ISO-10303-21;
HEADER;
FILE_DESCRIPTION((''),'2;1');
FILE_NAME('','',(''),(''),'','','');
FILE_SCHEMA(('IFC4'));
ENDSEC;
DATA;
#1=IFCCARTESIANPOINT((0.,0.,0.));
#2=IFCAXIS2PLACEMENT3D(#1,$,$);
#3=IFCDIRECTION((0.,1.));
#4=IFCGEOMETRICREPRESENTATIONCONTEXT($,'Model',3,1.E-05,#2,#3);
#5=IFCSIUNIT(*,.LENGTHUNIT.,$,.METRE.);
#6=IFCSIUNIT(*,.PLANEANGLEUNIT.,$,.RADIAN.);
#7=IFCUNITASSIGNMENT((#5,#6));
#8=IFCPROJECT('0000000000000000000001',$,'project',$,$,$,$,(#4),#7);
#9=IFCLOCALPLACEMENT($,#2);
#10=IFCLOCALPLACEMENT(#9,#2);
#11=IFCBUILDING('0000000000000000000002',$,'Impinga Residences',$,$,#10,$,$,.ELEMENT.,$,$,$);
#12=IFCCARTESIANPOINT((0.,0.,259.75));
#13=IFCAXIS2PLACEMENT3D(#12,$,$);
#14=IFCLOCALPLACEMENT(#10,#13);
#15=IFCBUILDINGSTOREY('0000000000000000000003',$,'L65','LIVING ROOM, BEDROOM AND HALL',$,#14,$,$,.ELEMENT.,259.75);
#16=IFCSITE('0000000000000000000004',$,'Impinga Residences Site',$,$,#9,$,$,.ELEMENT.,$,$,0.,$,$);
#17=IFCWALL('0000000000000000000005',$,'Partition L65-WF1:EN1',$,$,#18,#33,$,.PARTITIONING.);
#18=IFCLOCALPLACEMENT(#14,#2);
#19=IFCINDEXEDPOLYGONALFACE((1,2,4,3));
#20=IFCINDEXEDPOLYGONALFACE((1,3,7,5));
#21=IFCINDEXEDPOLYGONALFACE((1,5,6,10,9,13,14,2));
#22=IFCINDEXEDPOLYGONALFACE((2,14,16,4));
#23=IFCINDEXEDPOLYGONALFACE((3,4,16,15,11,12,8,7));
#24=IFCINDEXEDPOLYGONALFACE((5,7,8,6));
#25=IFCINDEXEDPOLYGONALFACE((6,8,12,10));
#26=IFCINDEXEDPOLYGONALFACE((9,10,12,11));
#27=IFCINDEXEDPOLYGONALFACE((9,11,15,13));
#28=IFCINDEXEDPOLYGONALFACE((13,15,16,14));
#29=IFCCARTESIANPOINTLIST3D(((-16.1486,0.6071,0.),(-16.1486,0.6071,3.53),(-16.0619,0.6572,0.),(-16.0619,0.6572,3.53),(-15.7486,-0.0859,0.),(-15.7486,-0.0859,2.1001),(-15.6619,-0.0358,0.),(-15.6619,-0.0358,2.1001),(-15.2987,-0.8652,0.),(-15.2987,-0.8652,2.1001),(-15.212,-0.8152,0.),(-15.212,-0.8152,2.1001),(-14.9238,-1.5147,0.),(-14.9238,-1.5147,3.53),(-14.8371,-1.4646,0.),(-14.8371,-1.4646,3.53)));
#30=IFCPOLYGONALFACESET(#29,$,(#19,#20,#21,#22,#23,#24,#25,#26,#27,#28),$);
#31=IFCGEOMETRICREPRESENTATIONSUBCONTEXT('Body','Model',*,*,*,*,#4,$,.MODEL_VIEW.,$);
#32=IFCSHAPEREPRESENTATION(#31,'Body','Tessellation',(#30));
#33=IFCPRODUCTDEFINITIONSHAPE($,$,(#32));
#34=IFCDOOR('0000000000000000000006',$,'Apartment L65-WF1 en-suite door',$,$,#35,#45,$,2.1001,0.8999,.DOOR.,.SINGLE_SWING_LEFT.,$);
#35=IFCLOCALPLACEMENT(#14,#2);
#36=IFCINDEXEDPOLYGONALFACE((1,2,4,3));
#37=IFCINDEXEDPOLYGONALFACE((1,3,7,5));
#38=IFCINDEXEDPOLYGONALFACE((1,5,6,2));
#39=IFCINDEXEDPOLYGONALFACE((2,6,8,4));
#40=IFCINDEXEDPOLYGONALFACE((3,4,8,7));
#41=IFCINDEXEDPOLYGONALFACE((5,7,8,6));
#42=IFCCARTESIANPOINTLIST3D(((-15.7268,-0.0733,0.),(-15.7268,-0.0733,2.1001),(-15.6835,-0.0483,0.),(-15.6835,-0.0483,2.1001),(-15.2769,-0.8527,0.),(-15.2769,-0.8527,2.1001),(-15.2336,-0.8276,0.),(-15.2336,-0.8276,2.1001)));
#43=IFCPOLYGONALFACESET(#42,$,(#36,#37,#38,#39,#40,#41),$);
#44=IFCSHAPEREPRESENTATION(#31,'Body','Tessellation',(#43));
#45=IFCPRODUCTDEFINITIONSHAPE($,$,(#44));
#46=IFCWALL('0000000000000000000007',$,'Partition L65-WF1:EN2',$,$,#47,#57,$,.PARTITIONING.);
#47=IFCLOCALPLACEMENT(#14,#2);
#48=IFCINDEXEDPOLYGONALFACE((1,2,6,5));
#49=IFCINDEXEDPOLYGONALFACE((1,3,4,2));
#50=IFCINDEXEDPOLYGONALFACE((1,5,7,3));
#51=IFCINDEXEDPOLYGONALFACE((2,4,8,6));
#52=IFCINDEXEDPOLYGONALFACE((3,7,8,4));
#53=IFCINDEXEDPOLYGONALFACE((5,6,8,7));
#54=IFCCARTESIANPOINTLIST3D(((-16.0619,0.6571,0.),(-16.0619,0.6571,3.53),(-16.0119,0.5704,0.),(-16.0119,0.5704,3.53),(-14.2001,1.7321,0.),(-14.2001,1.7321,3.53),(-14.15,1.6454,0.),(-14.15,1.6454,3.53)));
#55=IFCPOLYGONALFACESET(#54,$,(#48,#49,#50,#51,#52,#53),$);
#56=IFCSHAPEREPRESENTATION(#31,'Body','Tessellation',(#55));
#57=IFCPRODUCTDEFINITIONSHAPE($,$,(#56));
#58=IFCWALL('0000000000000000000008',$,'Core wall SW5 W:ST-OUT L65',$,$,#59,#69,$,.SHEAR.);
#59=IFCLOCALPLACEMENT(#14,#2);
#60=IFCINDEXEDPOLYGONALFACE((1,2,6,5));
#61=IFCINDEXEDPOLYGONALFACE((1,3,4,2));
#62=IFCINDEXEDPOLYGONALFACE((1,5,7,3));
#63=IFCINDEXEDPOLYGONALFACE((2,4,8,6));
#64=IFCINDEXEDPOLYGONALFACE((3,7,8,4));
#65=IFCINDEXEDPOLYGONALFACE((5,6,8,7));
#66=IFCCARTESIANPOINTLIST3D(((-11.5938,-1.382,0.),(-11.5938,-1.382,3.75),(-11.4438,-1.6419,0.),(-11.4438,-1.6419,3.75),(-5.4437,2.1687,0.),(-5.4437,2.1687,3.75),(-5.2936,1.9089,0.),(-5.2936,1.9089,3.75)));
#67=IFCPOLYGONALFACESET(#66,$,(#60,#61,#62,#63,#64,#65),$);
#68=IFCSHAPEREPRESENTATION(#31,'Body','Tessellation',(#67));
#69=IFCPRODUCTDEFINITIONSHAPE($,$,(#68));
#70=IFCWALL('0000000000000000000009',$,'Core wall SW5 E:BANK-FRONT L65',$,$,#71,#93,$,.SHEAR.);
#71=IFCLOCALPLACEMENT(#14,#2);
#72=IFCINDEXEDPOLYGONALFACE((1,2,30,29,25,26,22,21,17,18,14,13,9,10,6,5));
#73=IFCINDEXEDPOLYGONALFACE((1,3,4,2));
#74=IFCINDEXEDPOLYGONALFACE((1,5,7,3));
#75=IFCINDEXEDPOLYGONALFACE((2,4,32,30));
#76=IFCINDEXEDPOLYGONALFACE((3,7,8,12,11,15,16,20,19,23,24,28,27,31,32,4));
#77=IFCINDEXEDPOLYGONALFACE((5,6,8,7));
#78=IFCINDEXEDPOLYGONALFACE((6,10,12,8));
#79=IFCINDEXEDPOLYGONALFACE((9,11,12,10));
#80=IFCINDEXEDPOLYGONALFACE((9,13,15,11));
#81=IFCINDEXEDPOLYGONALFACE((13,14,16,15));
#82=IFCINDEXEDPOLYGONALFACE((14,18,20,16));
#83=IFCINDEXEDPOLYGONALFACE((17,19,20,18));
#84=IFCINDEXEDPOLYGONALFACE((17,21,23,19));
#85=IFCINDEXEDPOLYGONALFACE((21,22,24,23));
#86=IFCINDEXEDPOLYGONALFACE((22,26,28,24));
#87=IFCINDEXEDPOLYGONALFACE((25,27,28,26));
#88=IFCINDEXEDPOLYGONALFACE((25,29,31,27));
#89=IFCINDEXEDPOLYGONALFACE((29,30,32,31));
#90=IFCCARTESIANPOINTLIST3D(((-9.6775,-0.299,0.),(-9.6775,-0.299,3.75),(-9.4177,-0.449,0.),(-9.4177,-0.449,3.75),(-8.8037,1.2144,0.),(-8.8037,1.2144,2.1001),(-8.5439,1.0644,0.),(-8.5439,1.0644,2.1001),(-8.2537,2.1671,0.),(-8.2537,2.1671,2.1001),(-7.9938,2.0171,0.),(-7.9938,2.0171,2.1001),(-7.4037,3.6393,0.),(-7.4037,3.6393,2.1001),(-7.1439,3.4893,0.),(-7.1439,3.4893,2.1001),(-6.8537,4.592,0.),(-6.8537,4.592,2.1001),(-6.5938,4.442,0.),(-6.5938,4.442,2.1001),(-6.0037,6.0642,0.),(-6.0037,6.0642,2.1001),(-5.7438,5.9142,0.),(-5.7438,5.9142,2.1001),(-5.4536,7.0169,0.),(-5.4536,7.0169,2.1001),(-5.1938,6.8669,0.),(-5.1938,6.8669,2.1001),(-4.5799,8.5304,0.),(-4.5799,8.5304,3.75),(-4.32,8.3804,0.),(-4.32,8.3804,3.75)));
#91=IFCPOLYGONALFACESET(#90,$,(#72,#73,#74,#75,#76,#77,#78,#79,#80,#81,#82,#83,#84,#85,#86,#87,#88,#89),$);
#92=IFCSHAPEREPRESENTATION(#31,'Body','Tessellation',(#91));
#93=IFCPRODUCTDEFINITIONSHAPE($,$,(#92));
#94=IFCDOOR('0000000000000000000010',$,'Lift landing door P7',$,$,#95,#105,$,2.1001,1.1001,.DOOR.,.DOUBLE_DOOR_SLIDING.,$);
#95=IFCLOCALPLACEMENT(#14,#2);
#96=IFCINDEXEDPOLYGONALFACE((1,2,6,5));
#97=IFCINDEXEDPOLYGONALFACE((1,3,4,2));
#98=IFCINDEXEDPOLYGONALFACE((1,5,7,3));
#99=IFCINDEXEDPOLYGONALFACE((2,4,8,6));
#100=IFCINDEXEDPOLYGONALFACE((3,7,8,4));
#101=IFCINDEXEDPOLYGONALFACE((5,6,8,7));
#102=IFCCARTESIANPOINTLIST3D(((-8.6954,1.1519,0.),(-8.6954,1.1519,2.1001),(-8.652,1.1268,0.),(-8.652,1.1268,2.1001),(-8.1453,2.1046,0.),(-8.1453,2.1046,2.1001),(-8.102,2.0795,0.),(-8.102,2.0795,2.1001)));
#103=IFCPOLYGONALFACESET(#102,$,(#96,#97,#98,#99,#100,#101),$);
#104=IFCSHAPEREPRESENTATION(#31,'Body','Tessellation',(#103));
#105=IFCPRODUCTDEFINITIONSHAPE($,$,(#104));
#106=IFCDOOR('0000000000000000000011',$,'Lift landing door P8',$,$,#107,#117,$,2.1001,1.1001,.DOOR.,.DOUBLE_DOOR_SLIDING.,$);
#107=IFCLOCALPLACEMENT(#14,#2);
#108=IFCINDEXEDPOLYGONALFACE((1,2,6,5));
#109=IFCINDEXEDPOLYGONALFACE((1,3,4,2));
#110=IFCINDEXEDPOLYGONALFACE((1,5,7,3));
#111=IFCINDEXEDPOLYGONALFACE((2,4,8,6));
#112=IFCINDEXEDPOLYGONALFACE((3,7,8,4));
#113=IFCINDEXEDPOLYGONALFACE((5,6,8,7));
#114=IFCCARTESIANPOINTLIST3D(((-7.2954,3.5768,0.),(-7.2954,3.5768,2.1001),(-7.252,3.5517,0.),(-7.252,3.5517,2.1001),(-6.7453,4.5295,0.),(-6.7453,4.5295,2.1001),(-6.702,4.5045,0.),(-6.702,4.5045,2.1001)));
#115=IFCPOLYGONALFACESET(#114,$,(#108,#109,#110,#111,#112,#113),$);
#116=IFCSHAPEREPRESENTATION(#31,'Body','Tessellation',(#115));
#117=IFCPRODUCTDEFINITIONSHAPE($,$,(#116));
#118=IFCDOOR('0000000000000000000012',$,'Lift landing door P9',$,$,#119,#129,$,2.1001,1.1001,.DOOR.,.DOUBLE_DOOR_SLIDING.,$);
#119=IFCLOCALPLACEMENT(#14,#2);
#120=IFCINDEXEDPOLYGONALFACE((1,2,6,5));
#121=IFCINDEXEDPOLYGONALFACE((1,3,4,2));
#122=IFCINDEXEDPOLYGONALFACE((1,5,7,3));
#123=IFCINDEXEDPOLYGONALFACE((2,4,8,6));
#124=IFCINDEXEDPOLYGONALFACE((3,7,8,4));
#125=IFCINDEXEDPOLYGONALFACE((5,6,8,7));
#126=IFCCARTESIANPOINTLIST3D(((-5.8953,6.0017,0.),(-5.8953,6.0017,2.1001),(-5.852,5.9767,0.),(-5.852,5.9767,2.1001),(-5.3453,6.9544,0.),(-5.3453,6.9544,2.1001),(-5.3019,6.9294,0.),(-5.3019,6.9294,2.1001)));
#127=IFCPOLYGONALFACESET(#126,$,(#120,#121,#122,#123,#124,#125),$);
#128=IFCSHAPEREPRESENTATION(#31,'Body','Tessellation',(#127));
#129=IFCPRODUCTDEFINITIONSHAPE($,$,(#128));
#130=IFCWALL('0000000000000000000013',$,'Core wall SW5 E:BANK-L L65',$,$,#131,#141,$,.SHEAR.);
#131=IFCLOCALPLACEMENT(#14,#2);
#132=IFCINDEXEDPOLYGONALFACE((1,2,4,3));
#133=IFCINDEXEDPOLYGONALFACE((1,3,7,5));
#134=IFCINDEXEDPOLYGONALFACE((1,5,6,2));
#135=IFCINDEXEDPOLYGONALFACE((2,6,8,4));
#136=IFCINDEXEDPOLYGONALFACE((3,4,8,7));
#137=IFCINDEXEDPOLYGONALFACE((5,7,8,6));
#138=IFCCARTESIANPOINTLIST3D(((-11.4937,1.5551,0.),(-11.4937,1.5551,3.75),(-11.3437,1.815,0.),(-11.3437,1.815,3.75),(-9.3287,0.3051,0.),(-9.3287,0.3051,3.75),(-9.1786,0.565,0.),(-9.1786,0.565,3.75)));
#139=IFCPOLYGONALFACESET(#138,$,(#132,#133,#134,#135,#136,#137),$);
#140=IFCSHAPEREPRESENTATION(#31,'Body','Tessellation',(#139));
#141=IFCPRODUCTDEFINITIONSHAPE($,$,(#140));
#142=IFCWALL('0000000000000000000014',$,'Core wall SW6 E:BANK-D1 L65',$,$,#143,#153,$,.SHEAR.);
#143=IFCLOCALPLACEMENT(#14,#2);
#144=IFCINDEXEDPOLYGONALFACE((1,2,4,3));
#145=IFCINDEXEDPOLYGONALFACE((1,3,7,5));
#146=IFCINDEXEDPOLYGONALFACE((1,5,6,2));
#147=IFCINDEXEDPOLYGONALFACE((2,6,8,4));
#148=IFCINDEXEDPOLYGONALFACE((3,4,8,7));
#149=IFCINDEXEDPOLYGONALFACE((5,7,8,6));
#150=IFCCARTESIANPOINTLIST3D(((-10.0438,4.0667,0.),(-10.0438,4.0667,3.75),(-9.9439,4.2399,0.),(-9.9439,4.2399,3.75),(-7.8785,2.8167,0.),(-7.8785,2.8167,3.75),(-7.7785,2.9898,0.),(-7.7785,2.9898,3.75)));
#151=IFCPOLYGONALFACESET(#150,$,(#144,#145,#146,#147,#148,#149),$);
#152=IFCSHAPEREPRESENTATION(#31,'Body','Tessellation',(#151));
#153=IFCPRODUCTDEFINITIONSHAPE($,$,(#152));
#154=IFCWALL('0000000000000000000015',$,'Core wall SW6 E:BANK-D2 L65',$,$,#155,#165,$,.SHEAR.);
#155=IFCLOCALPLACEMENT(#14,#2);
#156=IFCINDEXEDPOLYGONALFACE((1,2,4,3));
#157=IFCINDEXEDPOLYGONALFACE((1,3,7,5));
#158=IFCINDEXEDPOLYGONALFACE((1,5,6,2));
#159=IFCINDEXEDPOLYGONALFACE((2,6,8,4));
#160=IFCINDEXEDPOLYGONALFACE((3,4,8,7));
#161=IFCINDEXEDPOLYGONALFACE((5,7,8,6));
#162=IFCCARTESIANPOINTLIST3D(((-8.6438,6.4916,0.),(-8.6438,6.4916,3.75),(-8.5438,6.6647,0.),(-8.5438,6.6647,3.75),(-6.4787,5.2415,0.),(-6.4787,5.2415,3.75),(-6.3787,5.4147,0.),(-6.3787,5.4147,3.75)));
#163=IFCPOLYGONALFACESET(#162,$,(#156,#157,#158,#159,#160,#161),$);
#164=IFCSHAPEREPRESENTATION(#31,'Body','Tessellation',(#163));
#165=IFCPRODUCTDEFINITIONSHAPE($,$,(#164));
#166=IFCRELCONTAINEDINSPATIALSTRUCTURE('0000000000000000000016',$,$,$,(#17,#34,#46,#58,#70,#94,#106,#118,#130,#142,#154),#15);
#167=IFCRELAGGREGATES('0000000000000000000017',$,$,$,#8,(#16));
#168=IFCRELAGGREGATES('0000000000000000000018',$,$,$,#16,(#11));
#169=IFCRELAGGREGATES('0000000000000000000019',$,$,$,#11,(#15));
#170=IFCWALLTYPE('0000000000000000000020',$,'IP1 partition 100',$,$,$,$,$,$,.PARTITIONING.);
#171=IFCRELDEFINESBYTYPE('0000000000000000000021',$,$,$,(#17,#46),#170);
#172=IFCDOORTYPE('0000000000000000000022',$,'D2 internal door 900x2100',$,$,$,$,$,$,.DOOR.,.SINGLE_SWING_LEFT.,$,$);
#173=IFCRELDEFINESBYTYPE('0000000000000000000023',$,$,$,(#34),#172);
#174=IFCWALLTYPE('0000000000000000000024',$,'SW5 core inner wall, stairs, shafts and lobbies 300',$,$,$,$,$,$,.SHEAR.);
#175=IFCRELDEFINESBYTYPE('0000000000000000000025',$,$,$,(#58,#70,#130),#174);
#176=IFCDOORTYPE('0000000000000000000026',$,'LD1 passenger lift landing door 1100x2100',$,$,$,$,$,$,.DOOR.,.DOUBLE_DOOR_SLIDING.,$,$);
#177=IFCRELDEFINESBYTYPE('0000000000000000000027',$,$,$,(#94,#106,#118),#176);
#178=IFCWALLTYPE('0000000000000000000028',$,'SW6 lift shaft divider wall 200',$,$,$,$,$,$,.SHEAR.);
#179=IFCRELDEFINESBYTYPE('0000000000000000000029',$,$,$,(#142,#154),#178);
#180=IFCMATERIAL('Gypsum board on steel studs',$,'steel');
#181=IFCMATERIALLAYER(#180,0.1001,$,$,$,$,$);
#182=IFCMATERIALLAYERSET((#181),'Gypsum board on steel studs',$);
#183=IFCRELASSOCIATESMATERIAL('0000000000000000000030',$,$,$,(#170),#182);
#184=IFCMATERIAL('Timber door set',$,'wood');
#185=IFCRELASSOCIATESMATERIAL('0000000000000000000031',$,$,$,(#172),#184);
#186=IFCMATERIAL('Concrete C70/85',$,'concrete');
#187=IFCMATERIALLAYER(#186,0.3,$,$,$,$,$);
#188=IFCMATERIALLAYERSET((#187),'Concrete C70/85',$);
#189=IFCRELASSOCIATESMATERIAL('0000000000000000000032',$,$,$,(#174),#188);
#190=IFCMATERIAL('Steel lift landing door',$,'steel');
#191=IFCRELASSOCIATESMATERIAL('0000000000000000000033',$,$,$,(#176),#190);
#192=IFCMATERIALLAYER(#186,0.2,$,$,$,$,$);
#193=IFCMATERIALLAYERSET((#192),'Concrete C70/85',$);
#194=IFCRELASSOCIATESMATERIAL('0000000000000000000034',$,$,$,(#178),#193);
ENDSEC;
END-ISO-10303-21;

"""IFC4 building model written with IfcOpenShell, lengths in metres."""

from ifc_helpers import new_model, si_unit, direction, frame, frame_2d, origin, place, context, subcontext, project, spatial, rectangle, extrude, material, layer, layer_set, type_object, element, fill, save


model = new_model("IFC4")

# Units and contexts
model_context = context("Model", 3, precision=1e-05, world=origin(), true_north=direction((0.0, 1.0)))
body_context = subcontext(model_context, "Body", "Model", "MODEL_VIEW")
ifc_project = project(units=[si_unit("LENGTHUNIT", "METRE"), si_unit("PLANEANGLEUNIT", "RADIAN")], contexts=[model_context])

# Site, building, storey
site_placement = place(None, origin())
site = spatial("IfcSite", under=ifc_project, at=site_placement, Name="Impinga Residences Site", CompositionType="ELEMENT", RefElevation=0.0)
building_placement = place(site_placement, origin())
building = spatial("IfcBuilding", under=site, at=building_placement, Name="Impinga Residences", CompositionType="ELEMENT")
storey_placement = place(building_placement, frame((0.0, 0.0, 259.75)))
storey = spatial("IfcBuildingStorey", under=building, at=storey_placement, Name="L65", Description="LIVING ROOM, BEDROOM AND HALL", CompositionType="ELEMENT", Elevation=259.75)

# Shared definitions
ifc_material_1 = material(Name="Gypsum board on steel studs", Category="steel")
ifc_layer_1 = layer(ifc_material_1, 0.1001)
ifc_layer_set_1 = layer_set([ifc_layer_1], Name="Gypsum board on steel studs")
wall_type_1 = type_object("IfcWallType", Name="IP1 partition 100", PredefinedType="PARTITIONING", material=ifc_layer_set_1)

# Shared definitions
ifc_material_2 = material(Name="Timber door set", Category="wood")
door_type_1 = type_object("IfcDoorType", Name="D2 internal door 900x2100", OperationType="SINGLE_SWING_LEFT", PredefinedType="DOOR", material=ifc_material_2)

# Wall, opening, door
wall_1_placement = place(storey_placement, frame((-14.8804, -1.4897, 0.0), z_axis=(0.0, 0.0, 1.0), x_axis=(-0.499944, 0.866058, 0.0)))
wall_1 = element("IfcWall", 1, at=wall_1_placement, inside=storey, type_object=wall_type_1, Name="Partition L65-WF1:EN1", PredefinedType="PARTITIONING", context=body_context, shape_type="SweptSolid", body=[
    extrude(rectangle(XDim=2.45, YDim=0.1001, at=frame_2d((1.2251, 0.0))), origin(), (0.0, 0.0, 1.0), 3.53),
])
opening_1_placement = place(wall_1_placement, frame((0.75, 0.0, 0.0)))
opening_1 = element("IfcOpeningElement", 2, at=opening_1_placement, cuts=wall_1, PredefinedType="OPENING", context=body_context, shape_type="SweptSolid", body=[
    extrude(rectangle(XDim=0.8999, YDim=2.1001, at=frame_2d((0.45, 1.05))), frame((0.0, 0.0601, 0.0), z_axis=(0.0, -1.0, 0.0), x_axis=(1.0, 0.0, 0.0)), (0.0, 0.0, 1.0), 0.1201),
])
door_1_placement = place(opening_1_placement, origin())
door_1 = element("IfcDoor", 3, at=door_1_placement, inside=storey, type_object=door_type_1, Name="Apartment L65-WF1 en-suite door", OperationType="SINGLE_SWING_LEFT", OverallHeight=2.1001, OverallWidth=0.8999, PredefinedType="DOOR", context=body_context, shape_type="SweptSolid", body=[
    extrude(rectangle(XDim=0.8999, YDim=2.1001, at=frame_2d((0.45, 1.05))), frame((0.0, 0.0249, 0.0), z_axis=(0.0, -1.0, 0.0), x_axis=(1.0, 0.0, 0.0)), (0.0, 0.0, 1.0), 0.05),
])
fill(opening_1, door_1)

# Walls
wall_2_placement = place(storey_placement, frame((-14.175, 1.6887, 0.0), z_axis=(0.0, 0.0, 1.0), x_axis=(-0.866019, -0.500011, 0.0)))
element("IfcWall", 4, at=wall_2_placement, inside=storey, type_object=wall_type_1, Name="Partition L65-WF1:EN2", PredefinedType="PARTITIONING", context=body_context, shape_type="SweptSolid", body=[
    extrude(rectangle(XDim=2.1499, YDim=0.1001, at=frame_2d((1.075, 0.0))), origin(), (0.0, 0.0, 1.0), 3.53),
])
ifc_material_3 = material(Name="Concrete C70/85", Category="concrete")
ifc_layer_2 = layer(ifc_material_3, 0.3)
ifc_layer_set_2 = layer_set([ifc_layer_2], Name="Concrete C70/85")
wall_type_2 = type_object("IfcWallType", Name="SW5 core inner wall, stairs, shafts and lobbies 300", PredefinedType="SHEAR", material=ifc_layer_set_2)
wall_3_placement = place(storey_placement, frame((-5.3687, 2.0388, 0.0), z_axis=(0.0, 0.0, 1.0), x_axis=(-0.866026, -0.499999, 0.0)))
element("IfcWall", 5, at=wall_3_placement, inside=storey, type_object=wall_type_2, Name="Core wall SW5 W:ST-OUT L65", PredefinedType="SHEAR", context=body_context, shape_type="SweptSolid", body=[
    extrude(rectangle(XDim=7.1016, YDim=0.3, at=frame_2d((3.5508, 0.0))), origin(), (0.0, 0.0, 1.0), 3.75),
])

# Wall, openings, doors
wall_4_placement = place(storey_placement, frame((-9.5476, -0.374, 0.0), z_axis=(0.0, 0.0, 1.0), x_axis=(0.500002, 0.866024, 0.0)))
wall_4 = element("IfcWall", 6, at=wall_4_placement, inside=storey, type_object=wall_type_2, Name="Core wall SW5 E:BANK-FRONT L65", PredefinedType="SHEAR", context=body_context, shape_type="SweptSolid", body=[
    extrude(rectangle(XDim=10.1953, YDim=0.3, at=frame_2d((5.0977, 0.0))), origin(), (0.0, 0.0, 1.0), 3.75),
])
opening_2_placement = place(wall_4_placement, frame((1.7476, 0.0, 0.0)))
opening_2 = element("IfcOpeningElement", 7, at=opening_2_placement, cuts=wall_4, PredefinedType="OPENING", context=body_context, shape_type="SweptSolid", body=[
    extrude(rectangle(XDim=1.1001, YDim=2.1001, at=frame_2d((0.55, 1.05))), frame((0.0, 0.1599, 0.0), z_axis=(0.0, -1.0, 0.0), x_axis=(1.0, 0.0, 0.0)), (0.0, 0.0, 1.0), 0.3201),
])
opening_3_placement = place(wall_4_placement, frame((4.5476, 0.0, 0.0)))
opening_3 = element("IfcOpeningElement", 8, at=opening_3_placement, cuts=wall_4, PredefinedType="OPENING", context=body_context, shape_type="SweptSolid", body=[
    extrude(rectangle(XDim=1.1001, YDim=2.1001, at=frame_2d((0.55, 1.05))), frame((0.0, 0.1599, 0.0), z_axis=(0.0, -1.0, 0.0), x_axis=(1.0, 0.0, 0.0)), (0.0, 0.0, 1.0), 0.3201),
])
opening_4_placement = place(wall_4_placement, frame((7.3477, 0.0, 0.0)))
opening_4 = element("IfcOpeningElement", 9, at=opening_4_placement, cuts=wall_4, PredefinedType="OPENING", context=body_context, shape_type="SweptSolid", body=[
    extrude(rectangle(XDim=1.1001, YDim=2.1001, at=frame_2d((0.55, 1.05))), frame((0.0, 0.1599, 0.0), z_axis=(0.0, -1.0, 0.0), x_axis=(1.0, 0.0, 0.0)), (0.0, 0.0, 1.0), 0.3201),
])
ifc_material_4 = material(Name="Steel lift landing door", Category="steel")
door_type_2 = type_object("IfcDoorType", Name="LD1 passenger lift landing door 1100x2100", OperationType="DOUBLE_DOOR_SLIDING", PredefinedType="DOOR", material=ifc_material_4)
door_2_placement = place(opening_2_placement, origin())
door_2 = element("IfcDoor", 10, at=door_2_placement, inside=storey, type_object=door_type_2, Name="Lift landing door P7", OperationType="DOUBLE_DOOR_SLIDING", OverallHeight=2.1001, OverallWidth=1.1001, PredefinedType="DOOR", context=body_context, shape_type="SweptSolid", body=[
    extrude(rectangle(XDim=1.1001, YDim=2.1001, at=frame_2d((0.55, 1.05))), frame((0.0, 0.0249, 0.0), z_axis=(0.0, -1.0, 0.0), x_axis=(1.0, 0.0, 0.0)), (0.0, 0.0, 1.0), 0.05),
])
fill(opening_2, door_2)
door_3_placement = place(opening_3_placement, origin())
door_3 = element("IfcDoor", 11, at=door_3_placement, inside=storey, type_object=door_type_2, Name="Lift landing door P8", OperationType="DOUBLE_DOOR_SLIDING", OverallHeight=2.1001, OverallWidth=1.1001, PredefinedType="DOOR", context=body_context, shape_type="SweptSolid", body=[
    extrude(rectangle(XDim=1.1001, YDim=2.1001, at=frame_2d((0.55, 1.05))), frame((0.0, 0.0249, 0.0), z_axis=(0.0, -1.0, 0.0), x_axis=(1.0, 0.0, 0.0)), (0.0, 0.0, 1.0), 0.05),
])
fill(opening_3, door_3)
door_4_placement = place(opening_4_placement, origin())
door_4 = element("IfcDoor", 12, at=door_4_placement, inside=storey, type_object=door_type_2, Name="Lift landing door P9", OperationType="DOUBLE_DOOR_SLIDING", OverallHeight=2.1001, OverallWidth=1.1001, PredefinedType="DOOR", context=body_context, shape_type="SweptSolid", body=[
    extrude(rectangle(XDim=1.1001, YDim=2.1001, at=frame_2d((0.55, 1.05))), frame((0.0, 0.0249, 0.0), z_axis=(0.0, -1.0, 0.0), x_axis=(1.0, 0.0, 0.0)), (0.0, 0.0, 1.0), 0.05),
])
fill(opening_4, door_4)

# Walls
wall_5_placement = place(storey_placement, frame((-9.2537, 0.4351, 0.0), z_axis=(0.0, 0.0, 1.0), x_axis=(-0.866023, 0.500004, 0.0)))
element("IfcWall", 13, at=wall_5_placement, inside=storey, type_object=wall_type_2, Name="Core wall SW5 E:BANK-L L65", PredefinedType="SHEAR", context=body_context, shape_type="SweptSolid", body=[
    extrude(rectangle(XDim=2.5, YDim=0.3, at=frame_2d((1.25, 0.0))), origin(), (0.0, 0.0, 1.0), 3.75),
])
ifc_layer_3 = layer(ifc_material_3, 0.2)
ifc_layer_set_3 = layer_set([ifc_layer_3], Name="Concrete C70/85")
wall_type_3 = type_object("IfcWallType", Name="SW6 lift shaft divider wall 200", PredefinedType="SHEAR", material=ifc_layer_set_3)
wall_6_placement = place(storey_placement, frame((-7.8286, 2.9033, 0.0), z_axis=(0.0, 0.0, 1.0), x_axis=(-0.866047, 0.499962, 0.0)))
element("IfcWall", 14, at=wall_6_placement, inside=storey, type_object=wall_type_3, Name="Core wall SW6 E:BANK-D1 L65", PredefinedType="SHEAR", context=body_context, shape_type="SweptSolid", body=[
    extrude(rectangle(XDim=2.5002, YDim=0.2, at=frame_2d((1.25, 0.0))), origin(), (0.0, 0.0, 1.0), 3.75),
])
wall_7_placement = place(storey_placement, frame((-6.4287, 5.3281, 0.0), z_axis=(0.0, 0.0, 1.0), x_axis=(-0.866023, 0.500004, 0.0)))
element("IfcWall", 15, at=wall_7_placement, inside=storey, type_object=wall_type_3, Name="Core wall SW6 E:BANK-D2 L65", PredefinedType="SHEAR", context=body_context, shape_type="SweptSolid", body=[
    extrude(rectangle(XDim=2.5, YDim=0.2, at=frame_2d((1.25, 0.0))), origin(), (0.0, 0.0, 1.0), 3.75),
])

save(model, "model.ifc")
